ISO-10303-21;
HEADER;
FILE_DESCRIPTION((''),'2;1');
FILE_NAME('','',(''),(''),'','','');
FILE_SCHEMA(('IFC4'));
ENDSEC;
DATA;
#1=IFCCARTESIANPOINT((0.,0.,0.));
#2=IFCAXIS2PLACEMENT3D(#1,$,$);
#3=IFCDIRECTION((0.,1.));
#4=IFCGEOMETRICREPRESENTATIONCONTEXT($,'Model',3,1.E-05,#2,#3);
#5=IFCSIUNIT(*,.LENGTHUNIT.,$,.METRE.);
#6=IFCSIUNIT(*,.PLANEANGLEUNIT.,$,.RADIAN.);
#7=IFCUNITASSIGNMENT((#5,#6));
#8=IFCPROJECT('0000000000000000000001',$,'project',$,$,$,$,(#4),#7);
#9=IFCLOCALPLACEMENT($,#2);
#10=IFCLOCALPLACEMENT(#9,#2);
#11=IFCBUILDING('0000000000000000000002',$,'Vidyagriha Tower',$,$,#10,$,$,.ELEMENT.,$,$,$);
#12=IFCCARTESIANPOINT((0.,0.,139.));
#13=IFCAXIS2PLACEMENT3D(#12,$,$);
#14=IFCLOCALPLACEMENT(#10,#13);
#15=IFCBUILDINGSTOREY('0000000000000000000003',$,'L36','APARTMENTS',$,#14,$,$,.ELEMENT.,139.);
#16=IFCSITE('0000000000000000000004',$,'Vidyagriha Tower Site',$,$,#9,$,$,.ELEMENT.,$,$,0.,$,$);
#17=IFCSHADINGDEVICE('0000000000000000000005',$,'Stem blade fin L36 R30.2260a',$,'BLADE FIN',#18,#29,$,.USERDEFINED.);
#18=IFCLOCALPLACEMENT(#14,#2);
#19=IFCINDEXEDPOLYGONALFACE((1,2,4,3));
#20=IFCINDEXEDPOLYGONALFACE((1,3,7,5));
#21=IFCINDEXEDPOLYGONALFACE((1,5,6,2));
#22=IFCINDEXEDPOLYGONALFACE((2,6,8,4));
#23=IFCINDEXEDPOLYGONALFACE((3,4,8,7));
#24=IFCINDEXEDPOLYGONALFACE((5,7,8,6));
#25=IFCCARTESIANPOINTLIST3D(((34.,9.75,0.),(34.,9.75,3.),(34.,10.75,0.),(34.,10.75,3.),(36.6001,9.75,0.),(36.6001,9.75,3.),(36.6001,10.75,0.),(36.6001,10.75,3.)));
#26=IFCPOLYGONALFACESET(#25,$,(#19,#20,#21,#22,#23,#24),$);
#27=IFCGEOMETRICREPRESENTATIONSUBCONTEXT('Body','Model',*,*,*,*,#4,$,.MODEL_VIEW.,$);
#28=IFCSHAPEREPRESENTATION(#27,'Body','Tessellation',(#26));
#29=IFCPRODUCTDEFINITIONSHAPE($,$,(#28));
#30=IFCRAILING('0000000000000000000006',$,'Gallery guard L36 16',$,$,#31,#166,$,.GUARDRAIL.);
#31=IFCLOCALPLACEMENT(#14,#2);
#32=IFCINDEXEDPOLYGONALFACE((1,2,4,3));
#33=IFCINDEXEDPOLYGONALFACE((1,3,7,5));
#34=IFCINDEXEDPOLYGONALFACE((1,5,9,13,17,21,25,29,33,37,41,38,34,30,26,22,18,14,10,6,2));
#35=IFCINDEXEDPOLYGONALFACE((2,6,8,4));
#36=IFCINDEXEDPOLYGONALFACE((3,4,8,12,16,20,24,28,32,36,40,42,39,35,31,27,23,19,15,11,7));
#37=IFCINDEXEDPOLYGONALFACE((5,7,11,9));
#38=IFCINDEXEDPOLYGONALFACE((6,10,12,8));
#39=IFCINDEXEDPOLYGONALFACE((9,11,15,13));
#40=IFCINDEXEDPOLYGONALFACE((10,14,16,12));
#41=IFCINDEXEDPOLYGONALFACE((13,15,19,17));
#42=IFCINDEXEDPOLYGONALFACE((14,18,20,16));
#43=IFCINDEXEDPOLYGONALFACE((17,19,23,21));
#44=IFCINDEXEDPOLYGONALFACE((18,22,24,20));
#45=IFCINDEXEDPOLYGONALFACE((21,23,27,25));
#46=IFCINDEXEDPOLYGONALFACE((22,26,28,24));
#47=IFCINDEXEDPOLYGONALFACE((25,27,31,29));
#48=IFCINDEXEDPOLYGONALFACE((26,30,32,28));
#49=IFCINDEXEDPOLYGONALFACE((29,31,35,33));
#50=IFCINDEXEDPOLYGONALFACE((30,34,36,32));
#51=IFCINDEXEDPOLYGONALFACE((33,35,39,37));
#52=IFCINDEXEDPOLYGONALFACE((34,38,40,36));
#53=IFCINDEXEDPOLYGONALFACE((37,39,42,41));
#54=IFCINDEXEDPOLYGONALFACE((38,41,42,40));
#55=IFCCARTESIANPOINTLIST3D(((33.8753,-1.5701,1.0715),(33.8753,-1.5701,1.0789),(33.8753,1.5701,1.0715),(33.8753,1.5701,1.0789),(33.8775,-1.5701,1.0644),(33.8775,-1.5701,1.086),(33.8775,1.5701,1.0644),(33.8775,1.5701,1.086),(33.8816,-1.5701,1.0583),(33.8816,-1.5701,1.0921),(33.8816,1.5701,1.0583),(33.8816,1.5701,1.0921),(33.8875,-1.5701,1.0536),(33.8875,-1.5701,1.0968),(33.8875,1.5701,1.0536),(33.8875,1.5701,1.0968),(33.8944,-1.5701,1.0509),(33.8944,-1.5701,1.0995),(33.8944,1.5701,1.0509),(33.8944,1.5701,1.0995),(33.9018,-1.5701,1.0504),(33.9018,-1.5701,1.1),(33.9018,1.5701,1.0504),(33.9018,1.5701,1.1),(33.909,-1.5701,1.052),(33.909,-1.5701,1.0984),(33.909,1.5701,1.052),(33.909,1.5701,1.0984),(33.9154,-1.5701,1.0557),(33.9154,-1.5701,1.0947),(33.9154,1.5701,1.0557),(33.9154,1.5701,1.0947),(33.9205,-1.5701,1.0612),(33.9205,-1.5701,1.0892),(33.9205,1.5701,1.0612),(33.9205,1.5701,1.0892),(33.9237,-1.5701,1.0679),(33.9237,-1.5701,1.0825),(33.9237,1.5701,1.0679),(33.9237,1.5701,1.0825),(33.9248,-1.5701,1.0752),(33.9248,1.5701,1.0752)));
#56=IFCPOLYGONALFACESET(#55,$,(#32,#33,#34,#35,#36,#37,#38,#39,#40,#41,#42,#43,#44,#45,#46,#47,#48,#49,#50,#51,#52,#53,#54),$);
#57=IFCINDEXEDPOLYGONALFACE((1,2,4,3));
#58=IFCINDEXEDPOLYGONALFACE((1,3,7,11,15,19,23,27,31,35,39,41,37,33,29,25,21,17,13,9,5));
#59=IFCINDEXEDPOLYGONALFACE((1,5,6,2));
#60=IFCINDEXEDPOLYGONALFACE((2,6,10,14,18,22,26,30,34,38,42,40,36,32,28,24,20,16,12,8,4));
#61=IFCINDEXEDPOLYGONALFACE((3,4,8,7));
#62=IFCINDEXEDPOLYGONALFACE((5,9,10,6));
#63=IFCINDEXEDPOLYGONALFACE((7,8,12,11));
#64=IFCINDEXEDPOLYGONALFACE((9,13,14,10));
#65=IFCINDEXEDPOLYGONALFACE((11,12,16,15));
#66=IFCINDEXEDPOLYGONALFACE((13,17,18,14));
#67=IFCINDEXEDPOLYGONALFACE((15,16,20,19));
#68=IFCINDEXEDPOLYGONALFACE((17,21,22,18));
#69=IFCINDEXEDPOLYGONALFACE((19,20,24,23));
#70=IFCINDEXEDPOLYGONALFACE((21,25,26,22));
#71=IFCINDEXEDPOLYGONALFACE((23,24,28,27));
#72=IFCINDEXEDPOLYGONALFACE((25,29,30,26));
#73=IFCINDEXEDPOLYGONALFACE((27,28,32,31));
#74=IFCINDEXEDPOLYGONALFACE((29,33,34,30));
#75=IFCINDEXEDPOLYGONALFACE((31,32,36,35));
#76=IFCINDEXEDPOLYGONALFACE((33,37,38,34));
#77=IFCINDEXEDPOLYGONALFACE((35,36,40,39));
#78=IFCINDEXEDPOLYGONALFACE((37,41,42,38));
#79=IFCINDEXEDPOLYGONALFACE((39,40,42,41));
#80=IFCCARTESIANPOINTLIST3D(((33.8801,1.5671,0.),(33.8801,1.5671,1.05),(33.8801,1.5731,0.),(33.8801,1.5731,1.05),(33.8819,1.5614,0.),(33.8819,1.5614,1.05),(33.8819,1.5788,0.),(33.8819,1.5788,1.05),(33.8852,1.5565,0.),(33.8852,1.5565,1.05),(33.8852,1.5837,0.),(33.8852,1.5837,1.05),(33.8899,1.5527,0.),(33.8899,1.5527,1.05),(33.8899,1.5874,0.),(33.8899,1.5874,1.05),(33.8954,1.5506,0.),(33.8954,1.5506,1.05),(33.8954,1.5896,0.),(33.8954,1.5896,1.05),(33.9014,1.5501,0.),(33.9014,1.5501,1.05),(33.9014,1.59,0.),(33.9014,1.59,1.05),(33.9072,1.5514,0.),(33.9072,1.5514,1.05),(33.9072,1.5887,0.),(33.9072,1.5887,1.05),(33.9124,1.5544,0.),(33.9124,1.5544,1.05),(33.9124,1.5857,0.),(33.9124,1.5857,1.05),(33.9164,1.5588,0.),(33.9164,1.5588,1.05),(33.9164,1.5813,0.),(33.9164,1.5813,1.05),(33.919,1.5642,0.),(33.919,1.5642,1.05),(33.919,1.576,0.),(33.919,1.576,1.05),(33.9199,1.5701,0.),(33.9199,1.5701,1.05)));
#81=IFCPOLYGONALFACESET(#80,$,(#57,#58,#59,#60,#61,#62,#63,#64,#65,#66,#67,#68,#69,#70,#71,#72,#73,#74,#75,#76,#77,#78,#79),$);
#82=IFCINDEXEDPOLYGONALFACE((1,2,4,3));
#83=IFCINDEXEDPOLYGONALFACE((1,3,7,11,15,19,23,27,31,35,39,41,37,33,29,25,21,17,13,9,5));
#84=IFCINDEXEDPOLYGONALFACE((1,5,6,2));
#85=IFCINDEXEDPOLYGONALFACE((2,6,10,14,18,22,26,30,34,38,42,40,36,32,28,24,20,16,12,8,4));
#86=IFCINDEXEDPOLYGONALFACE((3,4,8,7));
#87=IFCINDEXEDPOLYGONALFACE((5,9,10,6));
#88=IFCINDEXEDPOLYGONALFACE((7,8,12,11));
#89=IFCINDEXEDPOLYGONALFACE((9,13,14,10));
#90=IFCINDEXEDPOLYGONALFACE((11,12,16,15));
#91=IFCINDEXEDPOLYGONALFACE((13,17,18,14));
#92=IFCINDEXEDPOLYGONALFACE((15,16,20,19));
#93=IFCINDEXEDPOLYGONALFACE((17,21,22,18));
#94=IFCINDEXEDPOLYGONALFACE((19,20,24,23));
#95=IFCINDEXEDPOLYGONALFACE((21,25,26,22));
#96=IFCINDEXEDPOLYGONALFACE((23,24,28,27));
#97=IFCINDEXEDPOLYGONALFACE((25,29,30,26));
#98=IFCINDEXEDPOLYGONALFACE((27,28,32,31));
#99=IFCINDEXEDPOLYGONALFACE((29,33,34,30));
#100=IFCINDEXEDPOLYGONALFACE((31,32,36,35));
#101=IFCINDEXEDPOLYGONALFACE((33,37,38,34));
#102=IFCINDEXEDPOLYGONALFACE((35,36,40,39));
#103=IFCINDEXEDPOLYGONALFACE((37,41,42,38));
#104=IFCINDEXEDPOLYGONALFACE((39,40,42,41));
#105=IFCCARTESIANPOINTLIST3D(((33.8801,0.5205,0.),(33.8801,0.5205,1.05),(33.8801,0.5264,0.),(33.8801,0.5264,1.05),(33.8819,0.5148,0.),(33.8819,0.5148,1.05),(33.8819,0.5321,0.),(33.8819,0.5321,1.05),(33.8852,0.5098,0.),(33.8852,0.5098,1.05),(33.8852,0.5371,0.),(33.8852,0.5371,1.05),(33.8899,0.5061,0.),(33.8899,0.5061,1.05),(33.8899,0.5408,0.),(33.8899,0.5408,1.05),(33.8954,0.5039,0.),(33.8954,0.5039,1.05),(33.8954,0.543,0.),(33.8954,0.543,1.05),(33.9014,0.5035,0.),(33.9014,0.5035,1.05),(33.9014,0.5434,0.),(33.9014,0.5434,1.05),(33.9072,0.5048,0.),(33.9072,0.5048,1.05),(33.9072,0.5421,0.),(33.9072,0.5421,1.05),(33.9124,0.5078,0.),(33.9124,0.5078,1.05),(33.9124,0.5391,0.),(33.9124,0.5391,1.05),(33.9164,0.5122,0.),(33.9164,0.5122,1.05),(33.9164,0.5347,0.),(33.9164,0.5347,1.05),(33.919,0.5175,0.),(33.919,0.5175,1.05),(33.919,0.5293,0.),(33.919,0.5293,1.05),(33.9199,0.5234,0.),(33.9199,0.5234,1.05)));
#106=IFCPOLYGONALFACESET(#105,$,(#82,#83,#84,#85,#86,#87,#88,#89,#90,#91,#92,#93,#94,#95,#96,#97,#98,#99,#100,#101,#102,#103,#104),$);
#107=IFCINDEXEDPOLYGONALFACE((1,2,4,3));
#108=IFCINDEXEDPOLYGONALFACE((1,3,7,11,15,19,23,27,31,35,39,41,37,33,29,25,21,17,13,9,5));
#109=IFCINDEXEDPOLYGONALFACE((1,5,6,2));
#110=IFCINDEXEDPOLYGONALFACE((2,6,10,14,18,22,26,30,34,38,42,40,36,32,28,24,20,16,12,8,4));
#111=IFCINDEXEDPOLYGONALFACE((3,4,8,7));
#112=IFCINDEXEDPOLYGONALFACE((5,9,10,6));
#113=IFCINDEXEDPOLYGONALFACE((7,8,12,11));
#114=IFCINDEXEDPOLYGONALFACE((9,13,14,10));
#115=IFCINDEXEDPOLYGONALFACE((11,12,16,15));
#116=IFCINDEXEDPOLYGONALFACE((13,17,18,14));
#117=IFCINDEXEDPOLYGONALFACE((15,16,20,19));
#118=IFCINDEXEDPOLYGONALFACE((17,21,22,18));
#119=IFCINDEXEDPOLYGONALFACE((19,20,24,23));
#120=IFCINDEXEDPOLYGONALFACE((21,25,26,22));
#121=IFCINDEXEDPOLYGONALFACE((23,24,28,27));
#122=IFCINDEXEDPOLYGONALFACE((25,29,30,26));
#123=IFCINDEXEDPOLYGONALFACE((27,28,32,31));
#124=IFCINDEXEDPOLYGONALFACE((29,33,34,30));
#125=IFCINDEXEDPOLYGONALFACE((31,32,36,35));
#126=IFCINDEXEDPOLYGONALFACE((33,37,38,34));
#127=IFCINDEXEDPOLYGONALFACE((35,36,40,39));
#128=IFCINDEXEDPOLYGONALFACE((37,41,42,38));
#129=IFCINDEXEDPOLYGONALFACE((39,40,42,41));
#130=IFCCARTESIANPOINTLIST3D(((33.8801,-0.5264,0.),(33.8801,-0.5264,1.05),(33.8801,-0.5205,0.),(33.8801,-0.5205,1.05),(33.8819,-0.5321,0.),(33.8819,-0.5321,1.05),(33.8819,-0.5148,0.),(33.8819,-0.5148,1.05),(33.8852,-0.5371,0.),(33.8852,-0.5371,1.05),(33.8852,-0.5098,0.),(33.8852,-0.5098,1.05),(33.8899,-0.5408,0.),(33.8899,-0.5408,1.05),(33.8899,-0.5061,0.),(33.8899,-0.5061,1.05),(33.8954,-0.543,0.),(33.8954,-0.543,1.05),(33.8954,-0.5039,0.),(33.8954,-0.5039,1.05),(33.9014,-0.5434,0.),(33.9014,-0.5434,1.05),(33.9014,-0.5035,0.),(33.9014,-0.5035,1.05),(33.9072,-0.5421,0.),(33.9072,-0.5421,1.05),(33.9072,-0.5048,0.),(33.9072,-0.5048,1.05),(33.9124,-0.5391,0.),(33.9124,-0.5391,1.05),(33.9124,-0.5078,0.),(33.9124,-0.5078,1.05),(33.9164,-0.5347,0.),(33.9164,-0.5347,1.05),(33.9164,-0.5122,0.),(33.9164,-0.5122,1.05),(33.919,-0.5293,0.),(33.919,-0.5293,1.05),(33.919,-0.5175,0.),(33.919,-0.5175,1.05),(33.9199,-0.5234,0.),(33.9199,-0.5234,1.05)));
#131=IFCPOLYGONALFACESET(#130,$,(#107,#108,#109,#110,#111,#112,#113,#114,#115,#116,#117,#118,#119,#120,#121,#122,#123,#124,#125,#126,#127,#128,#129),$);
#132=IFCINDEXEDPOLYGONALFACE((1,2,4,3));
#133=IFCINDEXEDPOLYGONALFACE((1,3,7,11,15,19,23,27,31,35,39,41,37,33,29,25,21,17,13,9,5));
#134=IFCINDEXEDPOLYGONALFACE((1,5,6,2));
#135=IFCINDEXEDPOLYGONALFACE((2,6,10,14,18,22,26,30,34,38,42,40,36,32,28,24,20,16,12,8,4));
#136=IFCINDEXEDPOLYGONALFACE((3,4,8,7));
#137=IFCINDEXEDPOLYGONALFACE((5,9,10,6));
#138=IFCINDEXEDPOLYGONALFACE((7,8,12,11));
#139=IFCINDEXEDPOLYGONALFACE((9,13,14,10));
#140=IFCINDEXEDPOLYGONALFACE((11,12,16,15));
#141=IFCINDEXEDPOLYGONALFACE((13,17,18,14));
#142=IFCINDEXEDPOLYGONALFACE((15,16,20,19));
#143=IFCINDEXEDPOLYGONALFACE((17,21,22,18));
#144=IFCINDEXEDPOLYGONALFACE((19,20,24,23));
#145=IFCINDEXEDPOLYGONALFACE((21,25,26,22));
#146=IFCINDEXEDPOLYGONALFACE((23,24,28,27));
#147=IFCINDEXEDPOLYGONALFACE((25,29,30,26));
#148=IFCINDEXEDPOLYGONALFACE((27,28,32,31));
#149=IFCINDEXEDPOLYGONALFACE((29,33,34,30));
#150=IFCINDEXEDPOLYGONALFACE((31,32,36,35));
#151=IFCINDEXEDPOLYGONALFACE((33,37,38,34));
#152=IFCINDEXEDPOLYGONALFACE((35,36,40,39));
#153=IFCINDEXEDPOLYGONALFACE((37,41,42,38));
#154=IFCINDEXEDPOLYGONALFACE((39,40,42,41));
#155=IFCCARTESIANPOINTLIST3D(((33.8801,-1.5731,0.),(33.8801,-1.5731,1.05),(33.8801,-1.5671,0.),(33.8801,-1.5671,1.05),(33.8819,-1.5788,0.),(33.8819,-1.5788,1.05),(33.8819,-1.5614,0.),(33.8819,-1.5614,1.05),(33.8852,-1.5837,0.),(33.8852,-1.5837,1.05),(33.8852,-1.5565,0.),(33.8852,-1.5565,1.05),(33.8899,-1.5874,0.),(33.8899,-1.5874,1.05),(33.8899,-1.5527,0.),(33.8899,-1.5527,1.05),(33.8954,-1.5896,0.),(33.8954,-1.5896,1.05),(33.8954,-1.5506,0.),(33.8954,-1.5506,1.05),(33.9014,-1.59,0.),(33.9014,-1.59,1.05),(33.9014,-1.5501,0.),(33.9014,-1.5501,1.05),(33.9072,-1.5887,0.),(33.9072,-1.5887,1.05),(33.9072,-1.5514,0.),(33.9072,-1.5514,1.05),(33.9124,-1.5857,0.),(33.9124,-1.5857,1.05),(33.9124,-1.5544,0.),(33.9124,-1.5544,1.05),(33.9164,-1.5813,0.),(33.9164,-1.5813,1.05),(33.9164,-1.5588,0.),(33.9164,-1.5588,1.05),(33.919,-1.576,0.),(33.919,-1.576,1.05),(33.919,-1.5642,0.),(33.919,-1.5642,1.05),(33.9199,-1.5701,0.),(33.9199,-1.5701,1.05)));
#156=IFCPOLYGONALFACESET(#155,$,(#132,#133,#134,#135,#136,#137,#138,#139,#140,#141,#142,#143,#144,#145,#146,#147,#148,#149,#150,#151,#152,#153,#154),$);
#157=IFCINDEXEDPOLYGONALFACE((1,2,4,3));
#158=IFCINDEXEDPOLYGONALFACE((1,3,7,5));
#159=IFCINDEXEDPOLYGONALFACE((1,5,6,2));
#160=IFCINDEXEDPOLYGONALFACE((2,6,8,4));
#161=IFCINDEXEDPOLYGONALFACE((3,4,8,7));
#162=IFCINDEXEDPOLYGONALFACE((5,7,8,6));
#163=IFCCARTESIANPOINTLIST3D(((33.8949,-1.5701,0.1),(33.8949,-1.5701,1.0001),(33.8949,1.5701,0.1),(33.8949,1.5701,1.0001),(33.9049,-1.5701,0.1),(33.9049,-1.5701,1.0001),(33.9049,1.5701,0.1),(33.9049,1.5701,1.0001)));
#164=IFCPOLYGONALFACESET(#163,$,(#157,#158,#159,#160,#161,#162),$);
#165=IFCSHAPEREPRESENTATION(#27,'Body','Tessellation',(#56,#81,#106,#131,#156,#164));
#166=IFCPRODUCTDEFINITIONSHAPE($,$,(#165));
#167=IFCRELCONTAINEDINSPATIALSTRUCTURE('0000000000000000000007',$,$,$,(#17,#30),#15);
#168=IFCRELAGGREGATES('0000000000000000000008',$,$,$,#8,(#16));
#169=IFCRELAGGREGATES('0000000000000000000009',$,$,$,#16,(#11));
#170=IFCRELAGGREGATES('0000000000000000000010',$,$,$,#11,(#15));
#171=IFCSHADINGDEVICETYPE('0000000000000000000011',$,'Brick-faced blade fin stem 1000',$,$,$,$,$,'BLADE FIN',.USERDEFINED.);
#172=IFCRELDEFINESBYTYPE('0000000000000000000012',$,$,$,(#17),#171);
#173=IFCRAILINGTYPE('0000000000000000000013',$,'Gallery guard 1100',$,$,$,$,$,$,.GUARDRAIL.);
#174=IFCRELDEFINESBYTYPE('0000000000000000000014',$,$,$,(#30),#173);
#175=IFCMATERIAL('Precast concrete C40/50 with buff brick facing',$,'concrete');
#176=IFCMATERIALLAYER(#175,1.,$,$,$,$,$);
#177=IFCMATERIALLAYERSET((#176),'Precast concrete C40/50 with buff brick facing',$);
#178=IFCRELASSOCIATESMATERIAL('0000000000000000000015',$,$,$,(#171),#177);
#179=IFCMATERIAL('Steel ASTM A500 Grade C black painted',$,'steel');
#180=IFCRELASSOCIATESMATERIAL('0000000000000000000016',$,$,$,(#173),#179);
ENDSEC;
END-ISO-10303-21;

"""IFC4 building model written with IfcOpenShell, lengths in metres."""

from ifc_helpers import new_model, si_unit, direction, frame, origin, origin_2d, place, context, subcontext, project, spatial, polyline, rectangle, circle, outline, extrude, material, layer, layer_set, type_object, element, save


model = new_model("IFC4")

# Units and contexts
model_context = context("Model", 3, precision=1e-05, world=origin(), true_north=direction((0.0, 1.0)))
body_context = subcontext(model_context, "Body", "Model", "MODEL_VIEW")
ifc_project = project(units=[si_unit("LENGTHUNIT", "METRE"), si_unit("PLANEANGLEUNIT", "RADIAN")], contexts=[model_context])

# Site, building, storey
site_placement = place(None, origin())
site = spatial("IfcSite", under=ifc_project, at=site_placement, Name="Vidyagriha Tower Site", CompositionType="ELEMENT", RefElevation=0.0)
building_placement = place(site_placement, origin())
building = spatial("IfcBuilding", under=site, at=building_placement, Name="Vidyagriha Tower", CompositionType="ELEMENT")
storey_placement = place(building_placement, frame((0.0, 0.0, 139.0)))
storey = spatial("IfcBuildingStorey", under=building, at=storey_placement, Name="L36", Description="APARTMENTS", CompositionType="ELEMENT", Elevation=139.0)

# Shading device
ifc_material_1 = material(Name="Precast concrete C40/50 with buff brick facing", Category="concrete")
ifc_layer_1 = layer(ifc_material_1, 1.0)
ifc_layer_set_1 = layer_set([ifc_layer_1], Name="Precast concrete C40/50 with buff brick facing")
shading_device_type_1 = type_object("IfcShadingDeviceType", Name="Brick-faced blade fin stem 1000", ElementType="BLADE FIN", PredefinedType="USERDEFINED", material=ifc_layer_set_1)
shading_device_1_placement = place(storey_placement, frame((35.3, 9.75, 0.0), z_axis=(0.0, 0.0, 1.0), x_axis=(0.0, 1.0, 0.0)))
element("IfcShadingDevice", 1, at=shading_device_1_placement, inside=storey, type_object=shading_device_type_1, Name="Stem blade fin L36 R30.2260a", ObjectType="BLADE FIN", PredefinedType="USERDEFINED", context=body_context, shape_type="SweptSolid", body=[
    extrude(outline(polyline([(0.0, 0.0), (1.0, 0.0), (1.0, 3.0), (0.0, 3.0), (0.0, 0.0)])), frame((0.0, 1.3, 0.0), z_axis=(0.0, -1.0, 0.0), x_axis=(1.0, 0.0, 0.0)), (0.0, 0.0, 1.0), 2.6001),
])

# Railing
ifc_material_2 = material(Name="Steel ASTM A500 Grade C black painted", Category="steel")
railing_type_1 = type_object("IfcRailingType", Name="Gallery guard 1100", PredefinedType="GUARDRAIL", material=ifc_material_2)
railing_1_placement = place(storey_placement, frame((33.8999, 1.5701, 0.0)))
element("IfcRailing", 2, at=railing_1_placement, inside=storey, type_object=railing_type_1, Name="Gallery guard L36 16", PredefinedType="GUARDRAIL", context=body_context, shape_type="SweptSolid", body=[
    extrude(circle(Radius=0.0249, at=origin_2d()), frame((0.0, 0.0, 1.0752), z_axis=(0.0, -1.0, 0.0), x_axis=(1.0, 0.0, 0.0)), (0.0, 0.0, 1.0), 3.1401),
    extrude(circle(Radius=0.02, at=origin_2d()), origin(), (0.0, 0.0, 1.0), 1.05),
    extrude(circle(Radius=0.02, at=origin_2d()), frame((0.0, -1.0466, 0.0)), (0.0, 0.0, 1.0), 1.05),
    extrude(circle(Radius=0.02, at=origin_2d()), frame((0.0, -2.0935, 0.0)), (0.0, 0.0, 1.0), 1.05),
    extrude(circle(Radius=0.02, at=origin_2d()), frame((0.0, -3.1401, 0.0)), (0.0, 0.0, 1.0), 1.05),
    extrude(rectangle(XDim=0.01, YDim=0.9001, at=origin_2d()), frame((0.0, 0.0, 0.55), z_axis=(0.0, -1.0, 0.0), x_axis=(1.0, 0.0, 0.0)), (0.0, 0.0, 1.0), 3.1401),
])

save(model, "model.ifc")
